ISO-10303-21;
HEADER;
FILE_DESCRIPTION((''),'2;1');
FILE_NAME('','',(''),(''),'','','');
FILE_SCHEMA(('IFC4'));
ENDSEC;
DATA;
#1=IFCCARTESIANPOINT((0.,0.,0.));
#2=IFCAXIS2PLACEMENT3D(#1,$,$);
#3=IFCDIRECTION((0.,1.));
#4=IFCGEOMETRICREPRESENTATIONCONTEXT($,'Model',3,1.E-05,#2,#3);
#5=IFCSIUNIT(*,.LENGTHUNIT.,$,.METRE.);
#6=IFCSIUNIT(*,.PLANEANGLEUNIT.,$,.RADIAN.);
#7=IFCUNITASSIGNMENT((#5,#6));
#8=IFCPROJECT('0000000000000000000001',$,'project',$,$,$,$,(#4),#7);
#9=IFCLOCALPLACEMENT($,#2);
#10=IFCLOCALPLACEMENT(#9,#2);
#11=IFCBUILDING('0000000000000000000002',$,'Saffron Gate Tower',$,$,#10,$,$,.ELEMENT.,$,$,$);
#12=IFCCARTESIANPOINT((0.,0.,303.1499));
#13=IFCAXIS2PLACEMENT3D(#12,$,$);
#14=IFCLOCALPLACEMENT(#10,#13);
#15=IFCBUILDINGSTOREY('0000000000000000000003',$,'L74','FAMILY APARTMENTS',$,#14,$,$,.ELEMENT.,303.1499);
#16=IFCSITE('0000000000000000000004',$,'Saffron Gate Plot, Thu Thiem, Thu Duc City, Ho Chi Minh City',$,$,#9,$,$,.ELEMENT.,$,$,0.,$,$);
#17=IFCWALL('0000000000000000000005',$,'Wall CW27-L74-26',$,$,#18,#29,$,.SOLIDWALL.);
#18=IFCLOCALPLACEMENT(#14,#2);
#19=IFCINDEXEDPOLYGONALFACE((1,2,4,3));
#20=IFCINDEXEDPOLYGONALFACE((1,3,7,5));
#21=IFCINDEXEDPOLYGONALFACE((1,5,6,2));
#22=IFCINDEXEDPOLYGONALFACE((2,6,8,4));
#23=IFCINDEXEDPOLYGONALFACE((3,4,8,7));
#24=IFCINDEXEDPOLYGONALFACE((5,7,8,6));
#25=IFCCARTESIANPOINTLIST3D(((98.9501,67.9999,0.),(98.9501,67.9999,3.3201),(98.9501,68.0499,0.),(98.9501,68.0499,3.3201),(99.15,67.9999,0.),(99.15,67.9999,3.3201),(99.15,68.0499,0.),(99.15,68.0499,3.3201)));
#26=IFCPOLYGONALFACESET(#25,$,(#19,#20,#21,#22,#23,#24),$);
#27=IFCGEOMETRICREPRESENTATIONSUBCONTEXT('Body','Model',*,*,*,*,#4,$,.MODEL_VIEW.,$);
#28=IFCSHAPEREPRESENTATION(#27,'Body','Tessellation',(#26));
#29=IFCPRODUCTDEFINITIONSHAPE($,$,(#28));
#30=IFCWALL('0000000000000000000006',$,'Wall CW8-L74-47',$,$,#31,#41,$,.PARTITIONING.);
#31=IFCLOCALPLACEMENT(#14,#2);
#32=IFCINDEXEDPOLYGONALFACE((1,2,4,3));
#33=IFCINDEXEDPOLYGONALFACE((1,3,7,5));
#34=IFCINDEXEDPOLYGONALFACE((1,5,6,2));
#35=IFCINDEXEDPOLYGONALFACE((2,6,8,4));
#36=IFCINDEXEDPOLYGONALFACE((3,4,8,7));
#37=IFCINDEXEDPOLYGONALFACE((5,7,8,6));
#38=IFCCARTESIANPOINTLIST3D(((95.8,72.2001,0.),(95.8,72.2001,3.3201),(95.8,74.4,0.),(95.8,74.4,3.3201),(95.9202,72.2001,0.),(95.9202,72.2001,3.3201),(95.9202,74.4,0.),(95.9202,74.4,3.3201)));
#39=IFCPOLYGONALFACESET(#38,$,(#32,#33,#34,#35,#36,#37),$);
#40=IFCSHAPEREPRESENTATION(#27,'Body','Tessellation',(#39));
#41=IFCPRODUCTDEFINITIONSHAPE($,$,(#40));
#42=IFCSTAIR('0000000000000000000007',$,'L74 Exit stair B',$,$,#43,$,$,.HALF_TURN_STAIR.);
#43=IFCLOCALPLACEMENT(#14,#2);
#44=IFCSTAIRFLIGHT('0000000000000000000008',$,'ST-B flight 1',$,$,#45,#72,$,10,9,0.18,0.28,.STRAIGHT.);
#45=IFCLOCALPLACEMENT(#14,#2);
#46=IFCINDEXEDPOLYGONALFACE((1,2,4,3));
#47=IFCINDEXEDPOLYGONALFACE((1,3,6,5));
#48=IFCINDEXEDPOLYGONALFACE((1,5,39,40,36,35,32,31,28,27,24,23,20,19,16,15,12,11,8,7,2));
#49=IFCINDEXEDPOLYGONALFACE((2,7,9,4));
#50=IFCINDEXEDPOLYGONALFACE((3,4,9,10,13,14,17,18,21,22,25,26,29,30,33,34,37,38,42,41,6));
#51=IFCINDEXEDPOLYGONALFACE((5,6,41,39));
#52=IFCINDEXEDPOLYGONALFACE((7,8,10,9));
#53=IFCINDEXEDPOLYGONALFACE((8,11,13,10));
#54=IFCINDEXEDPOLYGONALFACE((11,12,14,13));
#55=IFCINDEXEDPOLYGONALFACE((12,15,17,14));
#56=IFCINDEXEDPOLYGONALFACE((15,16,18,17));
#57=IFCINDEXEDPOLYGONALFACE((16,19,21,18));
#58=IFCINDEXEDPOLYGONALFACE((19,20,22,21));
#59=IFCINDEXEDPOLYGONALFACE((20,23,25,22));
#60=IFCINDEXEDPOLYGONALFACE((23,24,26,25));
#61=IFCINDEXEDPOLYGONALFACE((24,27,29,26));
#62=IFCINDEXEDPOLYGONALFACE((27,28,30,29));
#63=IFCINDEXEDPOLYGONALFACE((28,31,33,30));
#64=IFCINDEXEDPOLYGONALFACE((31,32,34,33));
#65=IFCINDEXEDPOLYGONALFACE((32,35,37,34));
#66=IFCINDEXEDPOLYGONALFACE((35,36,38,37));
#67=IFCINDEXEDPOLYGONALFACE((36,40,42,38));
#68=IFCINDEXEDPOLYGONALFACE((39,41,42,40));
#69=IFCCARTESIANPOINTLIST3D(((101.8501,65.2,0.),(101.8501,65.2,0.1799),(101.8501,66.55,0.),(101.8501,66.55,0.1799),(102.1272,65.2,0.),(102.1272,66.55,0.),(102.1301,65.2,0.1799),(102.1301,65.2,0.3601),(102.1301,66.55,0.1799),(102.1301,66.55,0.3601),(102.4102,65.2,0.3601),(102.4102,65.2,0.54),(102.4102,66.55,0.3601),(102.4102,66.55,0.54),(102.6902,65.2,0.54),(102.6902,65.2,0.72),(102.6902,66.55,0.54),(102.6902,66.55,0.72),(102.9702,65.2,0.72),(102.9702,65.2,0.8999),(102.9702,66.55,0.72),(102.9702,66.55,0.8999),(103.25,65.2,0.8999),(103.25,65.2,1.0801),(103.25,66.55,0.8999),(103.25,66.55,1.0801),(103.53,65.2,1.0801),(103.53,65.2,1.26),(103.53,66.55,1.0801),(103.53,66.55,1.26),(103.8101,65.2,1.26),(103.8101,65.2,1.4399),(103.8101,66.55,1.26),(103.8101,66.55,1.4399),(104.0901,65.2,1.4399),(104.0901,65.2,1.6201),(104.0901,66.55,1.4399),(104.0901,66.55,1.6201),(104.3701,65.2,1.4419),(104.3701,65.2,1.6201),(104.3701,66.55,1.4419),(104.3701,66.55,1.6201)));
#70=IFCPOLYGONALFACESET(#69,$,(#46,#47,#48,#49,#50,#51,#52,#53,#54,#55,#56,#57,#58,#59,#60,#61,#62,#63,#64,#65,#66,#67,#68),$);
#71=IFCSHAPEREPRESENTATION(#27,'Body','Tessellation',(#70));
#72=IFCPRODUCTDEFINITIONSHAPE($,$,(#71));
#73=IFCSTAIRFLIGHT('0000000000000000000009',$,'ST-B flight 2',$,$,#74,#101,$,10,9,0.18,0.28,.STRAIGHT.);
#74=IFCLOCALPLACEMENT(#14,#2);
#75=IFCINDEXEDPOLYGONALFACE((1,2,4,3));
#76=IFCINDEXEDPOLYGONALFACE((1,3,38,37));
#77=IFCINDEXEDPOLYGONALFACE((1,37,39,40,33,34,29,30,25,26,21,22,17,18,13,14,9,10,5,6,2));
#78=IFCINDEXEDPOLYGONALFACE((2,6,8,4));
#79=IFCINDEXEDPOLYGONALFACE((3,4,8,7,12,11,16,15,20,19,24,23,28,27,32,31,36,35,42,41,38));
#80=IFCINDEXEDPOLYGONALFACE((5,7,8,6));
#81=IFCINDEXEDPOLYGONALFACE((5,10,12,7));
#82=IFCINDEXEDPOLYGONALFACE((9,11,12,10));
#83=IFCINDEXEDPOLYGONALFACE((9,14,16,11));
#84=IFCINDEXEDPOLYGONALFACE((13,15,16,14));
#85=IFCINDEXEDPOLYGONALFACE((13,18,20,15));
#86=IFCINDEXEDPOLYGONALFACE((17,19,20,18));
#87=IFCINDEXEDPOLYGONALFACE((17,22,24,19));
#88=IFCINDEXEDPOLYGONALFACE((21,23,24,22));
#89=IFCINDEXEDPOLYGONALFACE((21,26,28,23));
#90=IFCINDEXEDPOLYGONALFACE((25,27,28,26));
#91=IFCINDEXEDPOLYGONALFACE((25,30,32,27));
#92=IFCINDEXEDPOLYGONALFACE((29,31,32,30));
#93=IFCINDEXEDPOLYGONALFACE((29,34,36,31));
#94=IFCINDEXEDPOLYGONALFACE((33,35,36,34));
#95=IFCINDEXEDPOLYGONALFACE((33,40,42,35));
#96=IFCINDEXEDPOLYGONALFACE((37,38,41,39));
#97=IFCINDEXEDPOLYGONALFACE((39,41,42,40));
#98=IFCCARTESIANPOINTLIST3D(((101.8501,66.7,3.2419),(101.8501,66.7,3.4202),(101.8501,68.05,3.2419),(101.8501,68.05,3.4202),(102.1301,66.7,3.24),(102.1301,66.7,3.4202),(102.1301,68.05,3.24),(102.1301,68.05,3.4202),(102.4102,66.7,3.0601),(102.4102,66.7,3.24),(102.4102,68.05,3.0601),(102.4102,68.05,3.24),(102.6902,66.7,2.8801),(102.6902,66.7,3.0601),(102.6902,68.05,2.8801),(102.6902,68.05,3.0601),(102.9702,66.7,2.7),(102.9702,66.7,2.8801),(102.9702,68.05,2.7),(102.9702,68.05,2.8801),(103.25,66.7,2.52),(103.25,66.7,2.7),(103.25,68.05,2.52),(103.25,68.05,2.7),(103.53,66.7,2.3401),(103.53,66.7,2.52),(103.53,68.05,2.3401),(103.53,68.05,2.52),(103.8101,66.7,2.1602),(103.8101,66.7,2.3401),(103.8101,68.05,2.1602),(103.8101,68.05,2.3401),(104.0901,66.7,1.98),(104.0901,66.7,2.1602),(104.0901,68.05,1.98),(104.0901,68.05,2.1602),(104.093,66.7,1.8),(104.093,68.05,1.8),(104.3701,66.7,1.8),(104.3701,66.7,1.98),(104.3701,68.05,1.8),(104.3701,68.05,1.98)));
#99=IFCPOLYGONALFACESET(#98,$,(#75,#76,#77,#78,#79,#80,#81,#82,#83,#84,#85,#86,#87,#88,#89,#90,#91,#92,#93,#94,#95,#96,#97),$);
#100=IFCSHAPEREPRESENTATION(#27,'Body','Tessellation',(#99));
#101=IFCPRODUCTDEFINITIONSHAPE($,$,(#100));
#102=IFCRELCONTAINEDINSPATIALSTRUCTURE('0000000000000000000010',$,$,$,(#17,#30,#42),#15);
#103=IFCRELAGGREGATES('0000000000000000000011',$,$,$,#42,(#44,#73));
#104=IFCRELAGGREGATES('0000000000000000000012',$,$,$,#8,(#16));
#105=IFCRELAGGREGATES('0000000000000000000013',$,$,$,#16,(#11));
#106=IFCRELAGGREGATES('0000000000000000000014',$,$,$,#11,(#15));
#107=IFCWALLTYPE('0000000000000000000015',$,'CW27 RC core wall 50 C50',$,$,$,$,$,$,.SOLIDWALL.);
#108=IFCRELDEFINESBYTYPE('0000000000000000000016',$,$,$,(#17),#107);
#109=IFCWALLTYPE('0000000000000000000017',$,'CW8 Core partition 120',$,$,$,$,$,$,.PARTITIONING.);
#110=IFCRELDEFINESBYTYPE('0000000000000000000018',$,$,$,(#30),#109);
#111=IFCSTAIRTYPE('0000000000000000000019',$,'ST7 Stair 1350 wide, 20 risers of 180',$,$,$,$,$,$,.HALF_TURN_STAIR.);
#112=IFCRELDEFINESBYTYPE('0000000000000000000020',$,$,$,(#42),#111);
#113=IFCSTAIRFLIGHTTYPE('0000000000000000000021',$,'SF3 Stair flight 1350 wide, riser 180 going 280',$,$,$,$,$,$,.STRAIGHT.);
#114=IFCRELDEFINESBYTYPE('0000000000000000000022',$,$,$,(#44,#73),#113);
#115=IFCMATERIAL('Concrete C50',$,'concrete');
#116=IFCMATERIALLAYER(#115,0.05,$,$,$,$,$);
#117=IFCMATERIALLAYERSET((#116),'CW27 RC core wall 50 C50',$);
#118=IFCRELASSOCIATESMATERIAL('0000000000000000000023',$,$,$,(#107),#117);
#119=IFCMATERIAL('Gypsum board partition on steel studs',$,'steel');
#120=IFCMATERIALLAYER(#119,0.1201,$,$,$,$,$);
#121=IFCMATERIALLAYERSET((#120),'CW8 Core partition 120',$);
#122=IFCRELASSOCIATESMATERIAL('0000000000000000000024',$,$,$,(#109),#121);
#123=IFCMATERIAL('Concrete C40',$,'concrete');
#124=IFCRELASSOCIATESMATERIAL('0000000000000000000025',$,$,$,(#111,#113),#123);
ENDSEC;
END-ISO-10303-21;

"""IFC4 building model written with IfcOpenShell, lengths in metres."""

from ifc_helpers import new_model, si_unit, direction, frame, frame_2d, origin, place, context, subcontext, project, spatial, polyline, rectangle, outline, extrude, material, layer, layer_set, type_object, element, aggregate, save


model = new_model("IFC4")

# Units and contexts
model_context = context("Model", 3, precision=1e-05, world=origin(), true_north=direction((0.0, 1.0)))
body_context = subcontext(model_context, "Body", "Model", "MODEL_VIEW")
ifc_project = project(units=[si_unit("LENGTHUNIT", "METRE"), si_unit("PLANEANGLEUNIT", "RADIAN")], contexts=[model_context])

# Site, building, storey
site_placement = place(None, origin())
site = spatial("IfcSite", under=ifc_project, at=site_placement, Name="Saffron Gate Plot, Thu Thiem, Thu Duc City, Ho Chi Minh City", CompositionType="ELEMENT", RefElevation=0.0)
building_placement = place(site_placement, origin())
building = spatial("IfcBuilding", under=site, at=building_placement, Name="Saffron Gate Tower", CompositionType="ELEMENT")
storey_placement = place(building_placement, frame((0.0, 0.0, 303.1499)))
storey = spatial("IfcBuildingStorey", under=building, at=storey_placement, Name="L74", Description="FAMILY APARTMENTS", CompositionType="ELEMENT", Elevation=303.1499)

# Shared definitions
ifc_material_1 = material(Name="Concrete C50", Category="concrete")

# Walls
ifc_layer_1 = layer(ifc_material_1, 0.05)
ifc_layer_set_1 = layer_set([ifc_layer_1], Name="CW27 RC core wall 50 C50")
wall_type_1 = type_object("IfcWallType", Name="CW27 RC core wall 50 C50", PredefinedType="SOLIDWALL", material=ifc_layer_set_1)
wall_1_placement = place(storey_placement, frame((98.95, 68.0249, 0.0), z_axis=(0.0, 0.0, 1.0), x_axis=(1.0, 0.0, 0.0)))
element("IfcWall", 1, at=wall_1_placement, inside=storey, type_object=wall_type_1, Name="Wall CW27-L74-26", PredefinedType="SOLIDWALL", context=body_context, shape_type="SweptSolid", body=[
    extrude(rectangle(XDim=0.2, YDim=0.05, at=frame_2d((0.1001, 0.0))), origin(), (0.0, 0.0, 1.0), 3.3201),
])
ifc_material_2 = material(Name="Gypsum board partition on steel studs", Category="steel")
ifc_layer_2 = layer(ifc_material_2, 0.1201)
ifc_layer_set_2 = layer_set([ifc_layer_2], Name="CW8 Core partition 120")
wall_type_2 = type_object("IfcWallType", Name="CW8 Core partition 120", PredefinedType="PARTITIONING", material=ifc_layer_set_2)
wall_2_placement = place(storey_placement, frame((95.8601, 72.2, 0.0), z_axis=(0.0, 0.0, 1.0), x_axis=(0.0, 1.0, 0.0)))
element("IfcWall", 2, at=wall_2_placement, inside=storey, type_object=wall_type_2, Name="Wall CW8-L74-47", PredefinedType="PARTITIONING", context=body_context, shape_type="SweptSolid", body=[
    extrude(rectangle(XDim=2.2, YDim=0.1201, at=frame_2d((1.1001, 0.0))), origin(), (0.0, 0.0, 1.0), 3.3201),
])

# Stair, stair flights
ifc_material_3 = material(Name="Concrete C40", Category="concrete")
stair_type = type_object("IfcStairType", Name="ST7 Stair 1350 wide, 20 risers of 180", PredefinedType="HALF_TURN_STAIR", material=ifc_material_3)
stair_placement = place(storey_placement, origin())
stair = element("IfcStair", 3, at=stair_placement, inside=storey, type_object=stair_type, Name="L74 Exit stair B", PredefinedType="HALF_TURN_STAIR")
stair_flight_type = type_object("IfcStairFlightType", Name="SF3 Stair flight 1350 wide, riser 180 going 280", PredefinedType="STRAIGHT", material=ifc_material_3)
stair_flight_1_placement = place(storey_placement, frame((101.8501, 65.875, 0.0), z_axis=(0.0, 0.0, 1.0), x_axis=(1.0, 0.0, 0.0)))
stair_flight_1 = element("IfcStairFlight", 4, at=stair_flight_1_placement, type_object=stair_flight_type, Name="ST-B flight 1", NumberOfRisers=10, NumberOfTreads=9, PredefinedType="STRAIGHT", RiserHeight=0.18, TreadLength=0.28, context=body_context, shape_type="SweptSolid", body=[
    extrude(outline(polyline([(0.0, 0.0), (0.0, 0.1799), (0.28, 0.1799), (0.28, 0.3601), (0.5601, 0.3601), (0.5601, 0.54), (0.8401, 0.54), (0.8401, 0.72), (1.1201, 0.72), (1.1201, 0.8999), (1.3999, 0.8999), (1.3999, 1.0801), (1.6799, 1.0801), (1.6799, 1.26), (1.96, 1.26), (1.96, 1.4399), (2.24, 1.4399), (2.24, 1.6201), (2.52, 1.6201), (2.52, 1.8), (2.52, 1.4419), (0.2771, 0.0), (0.0, 0.0)])), frame((0.0, 0.675, 0.0), z_axis=(0.0, -1.0, 0.0), x_axis=(1.0, 0.0, 0.0)), (0.0, 0.0, 1.0), 1.3501),
])
stair_flight_2_placement = place(storey_placement, frame((104.3701, 67.375, 1.8), z_axis=(0.0, 0.0, 1.0), x_axis=(-1.0, 0.0, 0.0)))
stair_flight_2 = element("IfcStairFlight", 5, at=stair_flight_2_placement, type_object=stair_flight_type, Name="ST-B flight 2", NumberOfRisers=10, NumberOfTreads=9, PredefinedType="STRAIGHT", RiserHeight=0.18, TreadLength=0.28, context=body_context, shape_type="SweptSolid", body=[
    extrude(outline(polyline([(0.0, 0.0), (0.0, 0.1799), (0.28, 0.1799), (0.28, 0.3601), (0.5601, 0.3601), (0.5601, 0.54), (0.8401, 0.54), (0.8401, 0.72), (1.1201, 0.72), (1.1201, 0.8999), (1.3999, 0.8999), (1.3999, 1.0801), (1.6799, 1.0801), (1.6799, 1.26), (1.96, 1.26), (1.96, 1.4399), (2.24, 1.4399), (2.24, 1.6201), (2.52, 1.6201), (2.52, 1.8), (2.52, 1.4419), (0.2771, 0.0), (0.0, 0.0)])), frame((0.0, 0.675, 0.0), z_axis=(0.0, -1.0, 0.0), x_axis=(1.0, 0.0, 0.0)), (0.0, 0.0, 1.0), 1.3501),
])
aggregate(stair, [stair_flight_1, stair_flight_2])

save(model, "model.ifc")
